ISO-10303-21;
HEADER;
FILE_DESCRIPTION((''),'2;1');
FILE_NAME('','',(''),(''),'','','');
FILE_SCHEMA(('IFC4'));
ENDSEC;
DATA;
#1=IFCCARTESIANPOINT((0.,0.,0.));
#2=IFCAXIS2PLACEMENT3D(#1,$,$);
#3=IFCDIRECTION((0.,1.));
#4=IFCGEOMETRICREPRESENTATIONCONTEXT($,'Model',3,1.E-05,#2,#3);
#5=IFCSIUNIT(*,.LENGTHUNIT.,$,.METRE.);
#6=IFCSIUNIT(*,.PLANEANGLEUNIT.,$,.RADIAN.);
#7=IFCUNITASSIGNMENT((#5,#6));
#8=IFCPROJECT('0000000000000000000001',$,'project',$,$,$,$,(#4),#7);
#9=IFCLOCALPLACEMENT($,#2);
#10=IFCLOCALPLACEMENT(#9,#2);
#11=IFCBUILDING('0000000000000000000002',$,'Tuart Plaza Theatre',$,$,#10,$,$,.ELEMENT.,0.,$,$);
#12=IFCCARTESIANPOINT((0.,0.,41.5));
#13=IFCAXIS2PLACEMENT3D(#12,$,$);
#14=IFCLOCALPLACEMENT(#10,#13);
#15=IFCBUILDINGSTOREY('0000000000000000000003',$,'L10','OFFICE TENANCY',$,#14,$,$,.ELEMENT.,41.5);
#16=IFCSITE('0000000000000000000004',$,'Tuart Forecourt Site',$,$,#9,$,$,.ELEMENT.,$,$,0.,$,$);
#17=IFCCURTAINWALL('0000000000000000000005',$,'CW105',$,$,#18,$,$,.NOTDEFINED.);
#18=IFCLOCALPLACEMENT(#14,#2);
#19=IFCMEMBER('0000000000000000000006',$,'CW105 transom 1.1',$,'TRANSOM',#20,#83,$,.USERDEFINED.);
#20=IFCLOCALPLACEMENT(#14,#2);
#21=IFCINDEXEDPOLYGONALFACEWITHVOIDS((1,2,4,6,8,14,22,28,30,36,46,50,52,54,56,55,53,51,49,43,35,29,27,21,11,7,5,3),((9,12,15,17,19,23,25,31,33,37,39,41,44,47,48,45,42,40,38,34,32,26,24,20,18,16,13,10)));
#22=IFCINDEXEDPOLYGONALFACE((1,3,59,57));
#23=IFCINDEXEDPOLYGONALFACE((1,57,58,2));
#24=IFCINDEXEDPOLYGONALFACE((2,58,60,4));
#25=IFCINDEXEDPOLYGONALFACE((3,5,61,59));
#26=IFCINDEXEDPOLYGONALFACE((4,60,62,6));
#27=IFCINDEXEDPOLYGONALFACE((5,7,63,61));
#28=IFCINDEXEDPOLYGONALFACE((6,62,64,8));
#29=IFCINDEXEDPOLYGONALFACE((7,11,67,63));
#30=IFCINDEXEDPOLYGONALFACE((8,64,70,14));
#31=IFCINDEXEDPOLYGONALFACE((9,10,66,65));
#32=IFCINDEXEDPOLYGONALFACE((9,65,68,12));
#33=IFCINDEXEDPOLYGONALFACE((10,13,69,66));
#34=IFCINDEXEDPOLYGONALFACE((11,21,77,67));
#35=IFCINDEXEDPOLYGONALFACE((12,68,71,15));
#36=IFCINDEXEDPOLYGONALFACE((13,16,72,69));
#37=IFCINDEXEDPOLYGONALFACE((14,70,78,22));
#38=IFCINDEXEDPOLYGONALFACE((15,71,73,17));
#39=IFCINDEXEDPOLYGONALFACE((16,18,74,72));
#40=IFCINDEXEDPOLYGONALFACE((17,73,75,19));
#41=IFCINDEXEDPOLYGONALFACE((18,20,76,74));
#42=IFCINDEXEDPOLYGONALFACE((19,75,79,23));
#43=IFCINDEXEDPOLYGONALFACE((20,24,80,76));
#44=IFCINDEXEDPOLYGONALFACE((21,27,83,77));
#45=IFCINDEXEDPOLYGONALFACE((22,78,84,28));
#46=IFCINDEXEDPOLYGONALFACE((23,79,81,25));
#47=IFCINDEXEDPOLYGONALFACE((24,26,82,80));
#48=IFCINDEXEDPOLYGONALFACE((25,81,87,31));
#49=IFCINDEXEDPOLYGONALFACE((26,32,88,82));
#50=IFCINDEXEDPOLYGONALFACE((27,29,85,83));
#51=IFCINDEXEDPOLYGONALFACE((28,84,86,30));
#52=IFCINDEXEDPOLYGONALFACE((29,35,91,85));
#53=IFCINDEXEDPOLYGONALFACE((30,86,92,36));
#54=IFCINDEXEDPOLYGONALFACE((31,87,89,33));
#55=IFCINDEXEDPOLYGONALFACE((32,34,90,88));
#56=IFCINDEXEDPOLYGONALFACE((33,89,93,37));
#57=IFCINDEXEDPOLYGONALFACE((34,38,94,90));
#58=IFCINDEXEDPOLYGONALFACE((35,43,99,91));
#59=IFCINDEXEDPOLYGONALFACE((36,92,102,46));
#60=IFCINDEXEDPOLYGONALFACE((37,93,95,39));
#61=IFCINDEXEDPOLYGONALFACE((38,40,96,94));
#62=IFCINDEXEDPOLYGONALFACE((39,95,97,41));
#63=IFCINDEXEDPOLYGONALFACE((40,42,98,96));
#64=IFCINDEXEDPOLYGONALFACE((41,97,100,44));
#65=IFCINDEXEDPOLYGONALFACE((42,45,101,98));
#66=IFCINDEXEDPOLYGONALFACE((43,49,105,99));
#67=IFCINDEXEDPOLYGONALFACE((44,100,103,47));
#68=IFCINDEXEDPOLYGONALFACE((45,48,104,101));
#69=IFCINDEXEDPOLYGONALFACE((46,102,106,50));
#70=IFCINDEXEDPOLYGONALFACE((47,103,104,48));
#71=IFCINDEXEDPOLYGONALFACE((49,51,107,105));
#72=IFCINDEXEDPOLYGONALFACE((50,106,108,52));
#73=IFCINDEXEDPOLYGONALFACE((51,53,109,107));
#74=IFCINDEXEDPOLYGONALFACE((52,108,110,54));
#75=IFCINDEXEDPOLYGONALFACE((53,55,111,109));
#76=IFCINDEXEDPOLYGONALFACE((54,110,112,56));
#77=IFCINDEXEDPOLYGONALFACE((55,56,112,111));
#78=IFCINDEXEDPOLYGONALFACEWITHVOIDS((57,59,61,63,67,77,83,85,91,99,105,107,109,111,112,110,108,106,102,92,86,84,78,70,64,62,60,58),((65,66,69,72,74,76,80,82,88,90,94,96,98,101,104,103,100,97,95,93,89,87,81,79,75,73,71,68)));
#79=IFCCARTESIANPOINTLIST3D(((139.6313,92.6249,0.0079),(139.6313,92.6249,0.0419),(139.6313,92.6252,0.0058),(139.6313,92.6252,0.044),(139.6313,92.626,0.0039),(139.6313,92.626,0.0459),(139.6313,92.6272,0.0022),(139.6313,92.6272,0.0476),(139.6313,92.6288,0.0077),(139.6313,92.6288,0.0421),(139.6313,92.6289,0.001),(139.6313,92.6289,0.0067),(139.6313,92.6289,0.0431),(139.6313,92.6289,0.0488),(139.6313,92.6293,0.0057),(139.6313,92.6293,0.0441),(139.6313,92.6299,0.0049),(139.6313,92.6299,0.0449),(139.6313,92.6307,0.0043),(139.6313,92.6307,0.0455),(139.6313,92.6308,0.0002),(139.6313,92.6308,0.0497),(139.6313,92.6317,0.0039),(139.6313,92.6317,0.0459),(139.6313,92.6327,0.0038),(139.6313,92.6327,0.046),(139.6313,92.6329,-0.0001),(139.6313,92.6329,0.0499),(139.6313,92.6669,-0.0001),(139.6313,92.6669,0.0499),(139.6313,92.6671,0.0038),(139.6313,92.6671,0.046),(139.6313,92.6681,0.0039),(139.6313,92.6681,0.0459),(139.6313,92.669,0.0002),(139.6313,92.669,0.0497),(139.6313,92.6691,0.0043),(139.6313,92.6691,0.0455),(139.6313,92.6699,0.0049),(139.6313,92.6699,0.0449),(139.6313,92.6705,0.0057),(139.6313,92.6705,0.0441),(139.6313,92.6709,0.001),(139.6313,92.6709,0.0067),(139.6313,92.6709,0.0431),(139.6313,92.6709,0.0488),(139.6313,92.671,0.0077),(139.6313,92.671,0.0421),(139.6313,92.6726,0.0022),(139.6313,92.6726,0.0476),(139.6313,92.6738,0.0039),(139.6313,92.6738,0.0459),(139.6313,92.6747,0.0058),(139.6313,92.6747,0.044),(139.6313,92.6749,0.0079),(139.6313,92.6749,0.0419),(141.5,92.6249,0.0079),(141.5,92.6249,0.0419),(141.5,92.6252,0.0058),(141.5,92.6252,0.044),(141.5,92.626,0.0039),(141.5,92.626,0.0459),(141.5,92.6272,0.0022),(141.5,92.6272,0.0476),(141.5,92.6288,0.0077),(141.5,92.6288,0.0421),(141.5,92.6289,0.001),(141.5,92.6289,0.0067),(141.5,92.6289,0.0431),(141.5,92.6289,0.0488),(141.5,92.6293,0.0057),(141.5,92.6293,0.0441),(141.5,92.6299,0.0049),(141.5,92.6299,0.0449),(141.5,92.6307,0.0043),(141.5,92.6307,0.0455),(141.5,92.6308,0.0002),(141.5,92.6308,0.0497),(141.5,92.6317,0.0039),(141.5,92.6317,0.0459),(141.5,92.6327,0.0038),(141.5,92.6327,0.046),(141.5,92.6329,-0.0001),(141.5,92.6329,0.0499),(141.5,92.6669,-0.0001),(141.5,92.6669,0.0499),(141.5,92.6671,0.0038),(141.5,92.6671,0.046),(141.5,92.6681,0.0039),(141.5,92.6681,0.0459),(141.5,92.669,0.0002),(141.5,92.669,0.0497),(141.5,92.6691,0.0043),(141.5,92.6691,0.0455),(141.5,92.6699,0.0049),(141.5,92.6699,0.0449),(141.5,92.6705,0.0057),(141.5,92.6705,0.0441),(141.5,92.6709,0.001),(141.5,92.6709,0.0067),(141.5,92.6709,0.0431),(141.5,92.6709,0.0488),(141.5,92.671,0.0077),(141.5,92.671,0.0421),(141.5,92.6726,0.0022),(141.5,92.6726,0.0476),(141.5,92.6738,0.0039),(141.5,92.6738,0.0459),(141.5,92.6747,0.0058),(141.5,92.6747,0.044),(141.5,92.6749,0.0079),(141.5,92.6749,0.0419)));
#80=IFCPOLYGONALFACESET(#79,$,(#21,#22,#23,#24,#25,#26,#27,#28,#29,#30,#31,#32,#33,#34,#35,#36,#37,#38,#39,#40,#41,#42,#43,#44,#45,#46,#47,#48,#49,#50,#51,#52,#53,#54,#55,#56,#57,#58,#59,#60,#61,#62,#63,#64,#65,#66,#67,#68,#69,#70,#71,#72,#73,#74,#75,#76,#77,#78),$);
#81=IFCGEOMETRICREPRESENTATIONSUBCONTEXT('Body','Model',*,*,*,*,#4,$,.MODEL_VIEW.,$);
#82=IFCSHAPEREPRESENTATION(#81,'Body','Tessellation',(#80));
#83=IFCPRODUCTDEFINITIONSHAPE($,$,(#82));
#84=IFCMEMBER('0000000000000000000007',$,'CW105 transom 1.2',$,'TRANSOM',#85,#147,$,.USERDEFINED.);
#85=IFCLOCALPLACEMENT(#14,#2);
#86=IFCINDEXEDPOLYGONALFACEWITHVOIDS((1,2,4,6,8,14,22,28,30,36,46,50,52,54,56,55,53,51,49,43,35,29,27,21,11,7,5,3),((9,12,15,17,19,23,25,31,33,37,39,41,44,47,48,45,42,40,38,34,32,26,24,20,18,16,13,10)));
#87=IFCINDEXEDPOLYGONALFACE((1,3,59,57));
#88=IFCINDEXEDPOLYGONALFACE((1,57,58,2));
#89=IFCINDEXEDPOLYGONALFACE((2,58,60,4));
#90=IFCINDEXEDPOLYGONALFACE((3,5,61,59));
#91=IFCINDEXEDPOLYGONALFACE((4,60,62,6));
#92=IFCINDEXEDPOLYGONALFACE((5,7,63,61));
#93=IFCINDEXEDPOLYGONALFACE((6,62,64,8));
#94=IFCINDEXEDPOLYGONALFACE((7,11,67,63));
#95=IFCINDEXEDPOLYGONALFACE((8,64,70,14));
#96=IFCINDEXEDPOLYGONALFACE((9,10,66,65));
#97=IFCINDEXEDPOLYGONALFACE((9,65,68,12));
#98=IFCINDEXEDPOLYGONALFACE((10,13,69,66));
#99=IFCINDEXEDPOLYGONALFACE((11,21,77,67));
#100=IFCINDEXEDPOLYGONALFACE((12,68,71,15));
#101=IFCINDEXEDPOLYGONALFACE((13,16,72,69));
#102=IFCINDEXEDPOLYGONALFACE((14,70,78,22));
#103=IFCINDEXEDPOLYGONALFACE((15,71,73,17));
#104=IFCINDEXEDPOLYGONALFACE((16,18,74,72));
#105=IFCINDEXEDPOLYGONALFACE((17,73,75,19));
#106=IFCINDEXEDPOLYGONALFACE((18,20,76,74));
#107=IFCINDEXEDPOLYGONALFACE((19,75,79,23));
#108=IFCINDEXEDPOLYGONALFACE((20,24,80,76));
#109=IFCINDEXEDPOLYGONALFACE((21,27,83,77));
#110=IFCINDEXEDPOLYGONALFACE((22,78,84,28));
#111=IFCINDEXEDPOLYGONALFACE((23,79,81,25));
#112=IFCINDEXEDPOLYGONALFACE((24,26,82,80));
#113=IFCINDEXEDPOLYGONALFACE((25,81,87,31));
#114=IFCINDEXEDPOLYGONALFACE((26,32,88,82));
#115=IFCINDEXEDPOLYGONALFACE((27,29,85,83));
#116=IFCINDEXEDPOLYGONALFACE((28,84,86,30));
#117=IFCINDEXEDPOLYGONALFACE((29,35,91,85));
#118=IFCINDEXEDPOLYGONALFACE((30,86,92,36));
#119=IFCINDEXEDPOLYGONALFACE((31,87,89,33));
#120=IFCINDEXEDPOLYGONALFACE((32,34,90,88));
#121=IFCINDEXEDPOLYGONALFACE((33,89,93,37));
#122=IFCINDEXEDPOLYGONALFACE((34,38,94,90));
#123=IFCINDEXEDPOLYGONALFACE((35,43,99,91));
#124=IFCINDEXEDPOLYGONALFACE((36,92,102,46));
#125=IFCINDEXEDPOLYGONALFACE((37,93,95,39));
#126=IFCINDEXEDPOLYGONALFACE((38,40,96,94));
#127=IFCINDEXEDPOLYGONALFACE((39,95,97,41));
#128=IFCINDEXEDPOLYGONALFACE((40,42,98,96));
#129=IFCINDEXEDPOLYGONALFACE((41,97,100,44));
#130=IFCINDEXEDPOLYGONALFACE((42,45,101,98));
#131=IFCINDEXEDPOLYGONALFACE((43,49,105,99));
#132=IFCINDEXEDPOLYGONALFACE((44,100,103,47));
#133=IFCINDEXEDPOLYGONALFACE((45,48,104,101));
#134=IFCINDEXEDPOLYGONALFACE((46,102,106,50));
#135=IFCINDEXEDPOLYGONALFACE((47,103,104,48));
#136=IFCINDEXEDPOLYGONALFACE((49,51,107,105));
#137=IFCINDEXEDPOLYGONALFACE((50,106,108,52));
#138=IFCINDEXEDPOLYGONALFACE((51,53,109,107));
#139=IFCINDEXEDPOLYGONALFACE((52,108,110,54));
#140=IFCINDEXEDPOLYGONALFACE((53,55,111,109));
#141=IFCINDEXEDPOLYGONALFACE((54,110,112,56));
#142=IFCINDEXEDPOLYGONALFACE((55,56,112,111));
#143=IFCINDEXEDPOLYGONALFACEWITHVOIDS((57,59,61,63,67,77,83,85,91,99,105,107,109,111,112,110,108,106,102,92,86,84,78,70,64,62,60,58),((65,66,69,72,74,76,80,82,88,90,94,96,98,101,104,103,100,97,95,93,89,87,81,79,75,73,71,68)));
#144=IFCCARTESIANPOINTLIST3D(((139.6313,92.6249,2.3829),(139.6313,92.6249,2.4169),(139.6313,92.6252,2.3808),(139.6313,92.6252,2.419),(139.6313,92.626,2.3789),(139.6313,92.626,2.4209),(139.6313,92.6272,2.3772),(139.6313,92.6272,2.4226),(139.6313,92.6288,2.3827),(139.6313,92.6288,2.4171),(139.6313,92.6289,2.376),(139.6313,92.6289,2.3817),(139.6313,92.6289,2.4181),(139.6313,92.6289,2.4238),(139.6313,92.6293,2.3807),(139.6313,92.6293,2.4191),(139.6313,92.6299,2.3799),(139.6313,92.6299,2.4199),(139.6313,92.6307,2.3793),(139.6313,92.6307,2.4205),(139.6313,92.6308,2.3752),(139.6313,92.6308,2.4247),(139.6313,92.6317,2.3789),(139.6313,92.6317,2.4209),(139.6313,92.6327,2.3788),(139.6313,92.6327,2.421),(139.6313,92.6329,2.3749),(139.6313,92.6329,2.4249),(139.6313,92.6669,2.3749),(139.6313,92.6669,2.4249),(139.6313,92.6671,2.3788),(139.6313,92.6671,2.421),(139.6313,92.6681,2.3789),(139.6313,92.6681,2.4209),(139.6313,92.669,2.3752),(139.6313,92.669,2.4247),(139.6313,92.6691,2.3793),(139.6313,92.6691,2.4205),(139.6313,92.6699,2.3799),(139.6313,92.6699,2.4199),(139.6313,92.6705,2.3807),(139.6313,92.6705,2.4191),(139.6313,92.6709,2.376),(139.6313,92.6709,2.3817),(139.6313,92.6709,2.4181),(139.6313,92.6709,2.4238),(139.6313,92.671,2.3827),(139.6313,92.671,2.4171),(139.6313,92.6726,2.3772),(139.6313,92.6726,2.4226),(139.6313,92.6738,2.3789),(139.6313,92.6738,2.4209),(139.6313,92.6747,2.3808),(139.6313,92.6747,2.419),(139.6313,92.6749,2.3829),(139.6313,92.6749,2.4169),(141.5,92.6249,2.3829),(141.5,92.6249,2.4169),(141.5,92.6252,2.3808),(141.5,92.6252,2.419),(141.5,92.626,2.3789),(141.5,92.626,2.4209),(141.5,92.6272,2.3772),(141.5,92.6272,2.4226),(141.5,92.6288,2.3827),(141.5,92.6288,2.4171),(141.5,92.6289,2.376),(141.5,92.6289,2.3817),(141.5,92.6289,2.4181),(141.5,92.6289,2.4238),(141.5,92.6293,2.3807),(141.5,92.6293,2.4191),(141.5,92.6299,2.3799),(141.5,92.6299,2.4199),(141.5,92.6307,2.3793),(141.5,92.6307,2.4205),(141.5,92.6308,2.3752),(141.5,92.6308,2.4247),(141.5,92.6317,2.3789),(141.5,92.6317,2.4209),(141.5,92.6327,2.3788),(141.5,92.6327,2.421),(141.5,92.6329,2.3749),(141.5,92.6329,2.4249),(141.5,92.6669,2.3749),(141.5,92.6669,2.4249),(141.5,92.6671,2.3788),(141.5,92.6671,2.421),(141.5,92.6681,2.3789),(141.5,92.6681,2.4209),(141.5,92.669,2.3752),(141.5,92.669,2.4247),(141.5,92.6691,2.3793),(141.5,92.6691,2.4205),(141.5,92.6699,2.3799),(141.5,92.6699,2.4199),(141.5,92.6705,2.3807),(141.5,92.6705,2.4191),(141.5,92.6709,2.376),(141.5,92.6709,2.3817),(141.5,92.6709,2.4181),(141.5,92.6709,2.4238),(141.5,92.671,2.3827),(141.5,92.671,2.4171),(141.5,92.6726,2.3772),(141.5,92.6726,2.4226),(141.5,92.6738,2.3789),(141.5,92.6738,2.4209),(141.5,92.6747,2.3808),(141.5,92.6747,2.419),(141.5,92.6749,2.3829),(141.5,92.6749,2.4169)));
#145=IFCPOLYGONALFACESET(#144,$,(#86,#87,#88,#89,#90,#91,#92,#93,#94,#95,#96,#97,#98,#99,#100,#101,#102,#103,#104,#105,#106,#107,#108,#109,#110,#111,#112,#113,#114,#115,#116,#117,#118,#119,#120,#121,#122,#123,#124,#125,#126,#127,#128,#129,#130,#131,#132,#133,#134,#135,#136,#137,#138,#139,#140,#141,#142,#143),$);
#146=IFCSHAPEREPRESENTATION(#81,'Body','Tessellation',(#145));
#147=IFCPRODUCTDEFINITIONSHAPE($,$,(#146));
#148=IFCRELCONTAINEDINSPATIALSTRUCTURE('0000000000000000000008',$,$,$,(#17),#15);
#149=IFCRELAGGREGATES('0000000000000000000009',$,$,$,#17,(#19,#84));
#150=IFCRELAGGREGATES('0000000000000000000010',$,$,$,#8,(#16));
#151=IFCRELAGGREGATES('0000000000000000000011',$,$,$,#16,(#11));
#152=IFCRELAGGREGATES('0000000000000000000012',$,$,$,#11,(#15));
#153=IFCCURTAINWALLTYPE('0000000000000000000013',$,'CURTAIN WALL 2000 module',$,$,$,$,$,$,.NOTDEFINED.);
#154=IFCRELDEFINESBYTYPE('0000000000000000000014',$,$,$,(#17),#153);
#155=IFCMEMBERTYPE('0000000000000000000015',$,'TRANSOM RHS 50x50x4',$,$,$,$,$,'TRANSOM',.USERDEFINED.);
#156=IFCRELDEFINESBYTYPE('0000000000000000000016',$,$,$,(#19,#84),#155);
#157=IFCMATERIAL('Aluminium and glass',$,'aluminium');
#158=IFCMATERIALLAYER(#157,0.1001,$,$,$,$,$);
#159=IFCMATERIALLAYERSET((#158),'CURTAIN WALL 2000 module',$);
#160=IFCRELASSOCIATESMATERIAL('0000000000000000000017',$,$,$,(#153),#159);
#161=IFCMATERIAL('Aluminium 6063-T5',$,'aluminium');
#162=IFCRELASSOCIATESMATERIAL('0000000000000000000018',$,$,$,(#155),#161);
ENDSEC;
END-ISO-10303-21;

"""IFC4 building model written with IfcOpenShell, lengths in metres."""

from ifc_helpers import new_model, si_unit, direction, frame, origin, origin_2d, place, context, subcontext, project, spatial, hollow_rectangle, extrude, material, layer, layer_set, material_profile, profile_set, type_object, element, aggregate, save


model = new_model("IFC4")

# Units and contexts
model_context = context("Model", 3, precision=1e-05, world=origin(), true_north=direction((0.0, 1.0)))
body_context = subcontext(model_context, "Body", "Model", "MODEL_VIEW")
ifc_project = project(units=[si_unit("LENGTHUNIT", "METRE"), si_unit("PLANEANGLEUNIT", "RADIAN")], contexts=[model_context])

# Site, building, storey
site_placement = place(None, origin())
site = spatial("IfcSite", under=ifc_project, at=site_placement, Name="Tuart Forecourt Site", CompositionType="ELEMENT", RefElevation=0.0)
building_placement = place(site_placement, origin())
building = spatial("IfcBuilding", under=site, at=building_placement, Name="Tuart Plaza Theatre", CompositionType="ELEMENT", ElevationOfRefHeight=0.0)
storey_placement = place(building_placement, frame((0.0, 0.0, 41.5)))
storey = spatial("IfcBuildingStorey", under=building, at=storey_placement, Name="L10", Description="OFFICE TENANCY", CompositionType="ELEMENT", Elevation=41.5)

# Curtain wall, members
ifc_material_1 = material(Name="Aluminium and glass", Category="aluminium")
ifc_layer_1 = layer(ifc_material_1, 0.1001)
ifc_layer_set_1 = layer_set([ifc_layer_1], Name="CURTAIN WALL 2000 module")
curtain_wall_type = type_object("IfcCurtainWallType", Name="CURTAIN WALL 2000 module", PredefinedType="NOTDEFINED", material=ifc_layer_set_1)
curtain_wall_placement = place(storey_placement, origin())
curtain_wall = element("IfcCurtainWall", 1, at=curtain_wall_placement, inside=storey, type_object=curtain_wall_type, Name="CW105", PredefinedType="NOTDEFINED")
ifc_material_2 = material(Name="Aluminium 6063-T5", Category="aluminium")
ifc_material_profile_1 = material_profile(ifc_material_2, hollow_rectangle(XDim=0.05, YDim=0.05, WallThickness=0.0039, InnerFilletRadius=0.0039, OuterFilletRadius=0.0081, at=origin_2d()), Name="RHS 50x50x4")
ifc_profile_set_1 = profile_set([ifc_material_profile_1], Name="Aluminium 6063-T5")
member_type_1 = type_object("IfcMemberType", Name="TRANSOM RHS 50x50x4", ElementType="TRANSOM", PredefinedType="USERDEFINED", material=ifc_profile_set_1)
member_1_placement = place(storey_placement, frame((141.5, 92.6499, 0.0249), z_axis=(-1.0, 0.0, 0.0), x_axis=(0.0, -1.0, 0.0)))
member_1 = element("IfcMember", 2, at=member_1_placement, type_object=member_type_1, Name="CW105 transom 1.1", ObjectType="TRANSOM", PredefinedType="USERDEFINED", context=body_context, shape_type="SweptSolid", body=[
    extrude(hollow_rectangle(XDim=0.05, YDim=0.05, WallThickness=0.0039, InnerFilletRadius=0.0039, OuterFilletRadius=0.0081, at=origin_2d()), origin(), (0.0, 0.0, 1.0), 1.8687),
])
member_2_placement = place(storey_placement, frame((141.5, 92.6499, 2.3999), z_axis=(-1.0, 0.0, 0.0), x_axis=(0.0, -1.0, 0.0)))
member_2 = element("IfcMember", 3, at=member_2_placement, type_object=member_type_1, Name="CW105 transom 1.2", ObjectType="TRANSOM", PredefinedType="USERDEFINED", context=body_context, shape_type="SweptSolid", body=[
    extrude(hollow_rectangle(XDim=0.05, YDim=0.05, WallThickness=0.0039, InnerFilletRadius=0.0039, OuterFilletRadius=0.0081, at=origin_2d()), origin(), (0.0, 0.0, 1.0), 1.8687),
])
aggregate(curtain_wall, [member_1, member_2])

save(model, "model.ifc")
